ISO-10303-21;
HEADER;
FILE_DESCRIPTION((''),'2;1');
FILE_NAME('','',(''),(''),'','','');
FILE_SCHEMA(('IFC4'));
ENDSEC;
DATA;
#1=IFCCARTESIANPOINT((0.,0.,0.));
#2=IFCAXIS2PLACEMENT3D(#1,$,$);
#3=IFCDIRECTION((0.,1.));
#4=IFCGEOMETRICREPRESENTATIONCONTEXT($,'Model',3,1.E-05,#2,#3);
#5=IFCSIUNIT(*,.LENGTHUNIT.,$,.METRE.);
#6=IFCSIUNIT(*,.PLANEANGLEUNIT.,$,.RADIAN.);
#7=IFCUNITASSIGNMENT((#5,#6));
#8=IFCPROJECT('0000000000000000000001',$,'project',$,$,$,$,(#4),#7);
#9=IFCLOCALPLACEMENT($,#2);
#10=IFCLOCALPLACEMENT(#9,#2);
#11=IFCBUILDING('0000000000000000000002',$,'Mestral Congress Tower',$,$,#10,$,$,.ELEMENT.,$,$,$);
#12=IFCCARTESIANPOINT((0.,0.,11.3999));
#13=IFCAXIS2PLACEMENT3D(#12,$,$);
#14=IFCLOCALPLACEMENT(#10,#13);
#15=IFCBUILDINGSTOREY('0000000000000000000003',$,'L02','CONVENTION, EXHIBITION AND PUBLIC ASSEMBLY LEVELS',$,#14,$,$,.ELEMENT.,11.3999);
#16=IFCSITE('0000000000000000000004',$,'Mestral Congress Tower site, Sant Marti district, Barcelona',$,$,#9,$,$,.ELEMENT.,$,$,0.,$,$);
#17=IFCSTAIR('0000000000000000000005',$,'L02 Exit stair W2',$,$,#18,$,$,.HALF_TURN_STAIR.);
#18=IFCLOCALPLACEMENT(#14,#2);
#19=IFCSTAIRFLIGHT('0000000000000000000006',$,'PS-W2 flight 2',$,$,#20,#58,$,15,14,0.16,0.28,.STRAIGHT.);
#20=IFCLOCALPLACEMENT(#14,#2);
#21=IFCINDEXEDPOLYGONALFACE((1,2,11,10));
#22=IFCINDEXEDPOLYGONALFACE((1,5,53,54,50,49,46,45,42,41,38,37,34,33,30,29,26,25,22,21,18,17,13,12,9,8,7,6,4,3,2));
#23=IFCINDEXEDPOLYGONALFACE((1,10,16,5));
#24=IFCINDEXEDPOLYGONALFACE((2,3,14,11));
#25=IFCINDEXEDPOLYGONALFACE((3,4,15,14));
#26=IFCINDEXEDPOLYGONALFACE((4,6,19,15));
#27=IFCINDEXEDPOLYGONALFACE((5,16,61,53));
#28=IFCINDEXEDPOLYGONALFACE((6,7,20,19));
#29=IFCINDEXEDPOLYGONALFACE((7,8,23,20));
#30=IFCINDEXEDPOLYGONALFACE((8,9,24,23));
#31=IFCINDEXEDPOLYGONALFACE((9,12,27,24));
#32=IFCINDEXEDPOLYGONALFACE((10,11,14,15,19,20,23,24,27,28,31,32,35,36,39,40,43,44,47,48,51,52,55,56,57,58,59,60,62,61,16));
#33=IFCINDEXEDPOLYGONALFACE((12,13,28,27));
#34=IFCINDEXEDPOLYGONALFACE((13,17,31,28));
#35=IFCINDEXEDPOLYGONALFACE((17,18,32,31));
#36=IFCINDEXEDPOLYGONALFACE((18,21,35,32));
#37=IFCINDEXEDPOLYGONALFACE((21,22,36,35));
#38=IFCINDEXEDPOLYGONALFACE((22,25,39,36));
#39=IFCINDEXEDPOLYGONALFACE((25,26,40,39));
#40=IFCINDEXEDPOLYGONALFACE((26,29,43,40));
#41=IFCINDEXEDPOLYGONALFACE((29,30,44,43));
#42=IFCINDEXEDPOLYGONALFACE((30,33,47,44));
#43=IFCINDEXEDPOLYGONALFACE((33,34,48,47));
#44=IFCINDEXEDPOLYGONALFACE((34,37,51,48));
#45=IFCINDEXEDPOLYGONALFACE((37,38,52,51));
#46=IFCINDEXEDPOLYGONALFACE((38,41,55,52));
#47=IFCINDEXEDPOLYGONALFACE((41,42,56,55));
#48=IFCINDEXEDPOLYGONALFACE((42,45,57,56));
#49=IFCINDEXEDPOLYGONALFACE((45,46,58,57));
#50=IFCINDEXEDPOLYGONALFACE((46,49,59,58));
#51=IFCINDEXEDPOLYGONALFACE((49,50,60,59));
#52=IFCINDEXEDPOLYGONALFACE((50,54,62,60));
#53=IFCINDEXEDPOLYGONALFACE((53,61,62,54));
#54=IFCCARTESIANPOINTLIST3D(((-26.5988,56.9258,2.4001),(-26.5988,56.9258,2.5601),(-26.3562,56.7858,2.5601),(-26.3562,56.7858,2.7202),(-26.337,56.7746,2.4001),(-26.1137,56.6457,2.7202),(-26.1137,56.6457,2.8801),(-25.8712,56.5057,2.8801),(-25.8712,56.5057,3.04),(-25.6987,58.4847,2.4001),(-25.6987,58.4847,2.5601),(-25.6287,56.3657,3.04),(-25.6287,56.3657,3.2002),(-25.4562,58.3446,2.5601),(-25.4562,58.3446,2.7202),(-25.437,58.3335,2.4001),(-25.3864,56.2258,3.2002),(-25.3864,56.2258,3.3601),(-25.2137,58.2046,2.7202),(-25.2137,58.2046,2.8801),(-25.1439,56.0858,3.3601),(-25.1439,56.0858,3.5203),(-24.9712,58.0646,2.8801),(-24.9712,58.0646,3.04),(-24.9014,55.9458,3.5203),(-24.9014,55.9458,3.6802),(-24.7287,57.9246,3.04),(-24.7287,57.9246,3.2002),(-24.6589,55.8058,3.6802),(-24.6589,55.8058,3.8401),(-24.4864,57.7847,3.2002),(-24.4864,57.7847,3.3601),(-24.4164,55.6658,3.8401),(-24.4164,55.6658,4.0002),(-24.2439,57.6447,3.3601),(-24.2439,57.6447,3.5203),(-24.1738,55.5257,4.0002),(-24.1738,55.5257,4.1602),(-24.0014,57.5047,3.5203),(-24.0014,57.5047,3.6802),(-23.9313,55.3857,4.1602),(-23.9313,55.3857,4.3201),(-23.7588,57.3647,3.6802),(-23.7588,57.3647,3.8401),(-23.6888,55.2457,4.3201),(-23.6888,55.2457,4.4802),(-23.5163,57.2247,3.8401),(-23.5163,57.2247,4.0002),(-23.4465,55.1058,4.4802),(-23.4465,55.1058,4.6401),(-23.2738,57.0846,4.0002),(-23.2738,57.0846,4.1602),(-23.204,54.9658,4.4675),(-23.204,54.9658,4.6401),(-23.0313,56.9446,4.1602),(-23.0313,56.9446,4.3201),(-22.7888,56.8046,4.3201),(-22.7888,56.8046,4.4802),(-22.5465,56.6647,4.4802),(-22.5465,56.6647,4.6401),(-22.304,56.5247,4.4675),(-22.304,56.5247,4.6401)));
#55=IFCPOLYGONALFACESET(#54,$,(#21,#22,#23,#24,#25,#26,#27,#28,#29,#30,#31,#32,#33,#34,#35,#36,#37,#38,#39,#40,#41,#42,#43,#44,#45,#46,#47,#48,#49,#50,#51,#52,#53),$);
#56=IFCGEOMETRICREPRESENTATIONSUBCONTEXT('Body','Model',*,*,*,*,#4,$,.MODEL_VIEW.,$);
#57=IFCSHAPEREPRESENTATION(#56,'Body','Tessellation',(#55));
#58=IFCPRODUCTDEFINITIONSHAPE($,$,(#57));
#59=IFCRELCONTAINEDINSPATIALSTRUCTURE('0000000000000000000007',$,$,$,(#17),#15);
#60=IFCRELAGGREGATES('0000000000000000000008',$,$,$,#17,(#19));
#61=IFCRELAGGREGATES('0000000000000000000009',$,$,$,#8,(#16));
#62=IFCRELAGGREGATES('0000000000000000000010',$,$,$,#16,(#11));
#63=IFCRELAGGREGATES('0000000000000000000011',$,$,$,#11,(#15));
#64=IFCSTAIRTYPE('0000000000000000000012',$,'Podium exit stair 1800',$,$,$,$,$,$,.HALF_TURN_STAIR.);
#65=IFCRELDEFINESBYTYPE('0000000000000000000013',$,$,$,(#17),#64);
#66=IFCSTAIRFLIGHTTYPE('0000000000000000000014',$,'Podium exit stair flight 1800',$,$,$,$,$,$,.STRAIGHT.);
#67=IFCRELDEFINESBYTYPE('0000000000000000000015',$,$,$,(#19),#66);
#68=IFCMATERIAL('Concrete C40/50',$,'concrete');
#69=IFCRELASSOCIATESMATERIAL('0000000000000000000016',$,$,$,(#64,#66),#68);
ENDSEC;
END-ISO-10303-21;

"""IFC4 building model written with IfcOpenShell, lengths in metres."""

from ifc_helpers import new_model, si_unit, direction, frame, origin, place, context, subcontext, project, spatial, polyline, outline, extrude, material, type_object, element, aggregate, save


model = new_model("IFC4")

# Units and contexts
model_context = context("Model", 3, precision=1e-05, world=origin(), true_north=direction((0.0, 1.0)))
body_context = subcontext(model_context, "Body", "Model", "MODEL_VIEW")
ifc_project = project(units=[si_unit("LENGTHUNIT", "METRE"), si_unit("PLANEANGLEUNIT", "RADIAN")], contexts=[model_context])

# Site, building, storey
site_placement = place(None, origin())
site = spatial("IfcSite", under=ifc_project, at=site_placement, Name="Mestral Congress Tower site, Sant Marti district, Barcelona", CompositionType="ELEMENT", RefElevation=0.0)
building_placement = place(site_placement, origin())
building = spatial("IfcBuilding", under=site, at=building_placement, Name="Mestral Congress Tower", CompositionType="ELEMENT")
storey_placement = place(building_placement, frame((0.0, 0.0, 11.3999)))
storey = spatial("IfcBuildingStorey", under=building, at=storey_placement, Name="L02", Description="CONVENTION, EXHIBITION AND PUBLIC ASSEMBLY LEVELS", CompositionType="ELEMENT", Elevation=11.3999)

# Shared definitions
ifc_material_1 = material(Name="Concrete C40/50", Category="concrete")
stair_type = type_object("IfcStairType", Name="Podium exit stair 1800", PredefinedType="HALF_TURN_STAIR", material=ifc_material_1)
placement = place(storey_placement, origin())
stair_flight_type = type_object("IfcStairFlightType", Name="Podium exit stair flight 1800", PredefinedType="STRAIGHT", material=ifc_material_1)

# Stair, stair flight
stair_1 = element("IfcStair", 1, at=placement, inside=storey, type_object=stair_type, Name="L02 Exit stair W2", PredefinedType="HALF_TURN_STAIR")
stair_flight_1_placement = place(storey_placement, frame((-26.1487, 57.7053, 2.4001), z_axis=(0.0, 0.0, 1.0), x_axis=(0.866025, -0.5, 0.0)))
stair_flight_1 = element("IfcStairFlight", 2, at=stair_flight_1_placement, type_object=stair_flight_type, Name="PS-W2 flight 2", NumberOfRisers=15, NumberOfTreads=14, PredefinedType="STRAIGHT", RiserHeight=0.16, TreadLength=0.28, context=body_context, shape_type="SweptSolid", body=[
    extrude(outline(polyline([(0.0, 0.0), (0.0, 0.1599), (0.28, 0.1599), (0.28, 0.3201), (0.5601, 0.3201), (0.5601, 0.48), (0.8401, 0.48), (0.8401, 0.6399), (1.1201, 0.6399), (1.1201, 0.8), (1.3999, 0.8), (1.3999, 0.96), (1.6799, 0.96), (1.6799, 1.1201), (1.96, 1.1201), (1.96, 1.28), (2.24, 1.28), (2.24, 1.4399), (2.52, 1.4399), (2.52, 1.6001), (2.8, 1.6001), (2.8, 1.76), (3.0801, 1.76), (3.0801, 1.9199), (3.3601, 1.9199), (3.3601, 2.0801), (3.6399, 2.0801), (3.6399, 2.24), (3.9199, 2.24), (3.9199, 2.3999), (3.9199, 2.0674), (0.3022, 0.0), (0.0, 0.0)])), frame((0.0, 0.8999, 0.0), z_axis=(0.0, -1.0, 0.0), x_axis=(1.0, 0.0, 0.0)), (0.0, 0.0, 1.0), 1.8),
])
aggregate(stair_1, [stair_flight_1])

save(model, "model.ifc")
